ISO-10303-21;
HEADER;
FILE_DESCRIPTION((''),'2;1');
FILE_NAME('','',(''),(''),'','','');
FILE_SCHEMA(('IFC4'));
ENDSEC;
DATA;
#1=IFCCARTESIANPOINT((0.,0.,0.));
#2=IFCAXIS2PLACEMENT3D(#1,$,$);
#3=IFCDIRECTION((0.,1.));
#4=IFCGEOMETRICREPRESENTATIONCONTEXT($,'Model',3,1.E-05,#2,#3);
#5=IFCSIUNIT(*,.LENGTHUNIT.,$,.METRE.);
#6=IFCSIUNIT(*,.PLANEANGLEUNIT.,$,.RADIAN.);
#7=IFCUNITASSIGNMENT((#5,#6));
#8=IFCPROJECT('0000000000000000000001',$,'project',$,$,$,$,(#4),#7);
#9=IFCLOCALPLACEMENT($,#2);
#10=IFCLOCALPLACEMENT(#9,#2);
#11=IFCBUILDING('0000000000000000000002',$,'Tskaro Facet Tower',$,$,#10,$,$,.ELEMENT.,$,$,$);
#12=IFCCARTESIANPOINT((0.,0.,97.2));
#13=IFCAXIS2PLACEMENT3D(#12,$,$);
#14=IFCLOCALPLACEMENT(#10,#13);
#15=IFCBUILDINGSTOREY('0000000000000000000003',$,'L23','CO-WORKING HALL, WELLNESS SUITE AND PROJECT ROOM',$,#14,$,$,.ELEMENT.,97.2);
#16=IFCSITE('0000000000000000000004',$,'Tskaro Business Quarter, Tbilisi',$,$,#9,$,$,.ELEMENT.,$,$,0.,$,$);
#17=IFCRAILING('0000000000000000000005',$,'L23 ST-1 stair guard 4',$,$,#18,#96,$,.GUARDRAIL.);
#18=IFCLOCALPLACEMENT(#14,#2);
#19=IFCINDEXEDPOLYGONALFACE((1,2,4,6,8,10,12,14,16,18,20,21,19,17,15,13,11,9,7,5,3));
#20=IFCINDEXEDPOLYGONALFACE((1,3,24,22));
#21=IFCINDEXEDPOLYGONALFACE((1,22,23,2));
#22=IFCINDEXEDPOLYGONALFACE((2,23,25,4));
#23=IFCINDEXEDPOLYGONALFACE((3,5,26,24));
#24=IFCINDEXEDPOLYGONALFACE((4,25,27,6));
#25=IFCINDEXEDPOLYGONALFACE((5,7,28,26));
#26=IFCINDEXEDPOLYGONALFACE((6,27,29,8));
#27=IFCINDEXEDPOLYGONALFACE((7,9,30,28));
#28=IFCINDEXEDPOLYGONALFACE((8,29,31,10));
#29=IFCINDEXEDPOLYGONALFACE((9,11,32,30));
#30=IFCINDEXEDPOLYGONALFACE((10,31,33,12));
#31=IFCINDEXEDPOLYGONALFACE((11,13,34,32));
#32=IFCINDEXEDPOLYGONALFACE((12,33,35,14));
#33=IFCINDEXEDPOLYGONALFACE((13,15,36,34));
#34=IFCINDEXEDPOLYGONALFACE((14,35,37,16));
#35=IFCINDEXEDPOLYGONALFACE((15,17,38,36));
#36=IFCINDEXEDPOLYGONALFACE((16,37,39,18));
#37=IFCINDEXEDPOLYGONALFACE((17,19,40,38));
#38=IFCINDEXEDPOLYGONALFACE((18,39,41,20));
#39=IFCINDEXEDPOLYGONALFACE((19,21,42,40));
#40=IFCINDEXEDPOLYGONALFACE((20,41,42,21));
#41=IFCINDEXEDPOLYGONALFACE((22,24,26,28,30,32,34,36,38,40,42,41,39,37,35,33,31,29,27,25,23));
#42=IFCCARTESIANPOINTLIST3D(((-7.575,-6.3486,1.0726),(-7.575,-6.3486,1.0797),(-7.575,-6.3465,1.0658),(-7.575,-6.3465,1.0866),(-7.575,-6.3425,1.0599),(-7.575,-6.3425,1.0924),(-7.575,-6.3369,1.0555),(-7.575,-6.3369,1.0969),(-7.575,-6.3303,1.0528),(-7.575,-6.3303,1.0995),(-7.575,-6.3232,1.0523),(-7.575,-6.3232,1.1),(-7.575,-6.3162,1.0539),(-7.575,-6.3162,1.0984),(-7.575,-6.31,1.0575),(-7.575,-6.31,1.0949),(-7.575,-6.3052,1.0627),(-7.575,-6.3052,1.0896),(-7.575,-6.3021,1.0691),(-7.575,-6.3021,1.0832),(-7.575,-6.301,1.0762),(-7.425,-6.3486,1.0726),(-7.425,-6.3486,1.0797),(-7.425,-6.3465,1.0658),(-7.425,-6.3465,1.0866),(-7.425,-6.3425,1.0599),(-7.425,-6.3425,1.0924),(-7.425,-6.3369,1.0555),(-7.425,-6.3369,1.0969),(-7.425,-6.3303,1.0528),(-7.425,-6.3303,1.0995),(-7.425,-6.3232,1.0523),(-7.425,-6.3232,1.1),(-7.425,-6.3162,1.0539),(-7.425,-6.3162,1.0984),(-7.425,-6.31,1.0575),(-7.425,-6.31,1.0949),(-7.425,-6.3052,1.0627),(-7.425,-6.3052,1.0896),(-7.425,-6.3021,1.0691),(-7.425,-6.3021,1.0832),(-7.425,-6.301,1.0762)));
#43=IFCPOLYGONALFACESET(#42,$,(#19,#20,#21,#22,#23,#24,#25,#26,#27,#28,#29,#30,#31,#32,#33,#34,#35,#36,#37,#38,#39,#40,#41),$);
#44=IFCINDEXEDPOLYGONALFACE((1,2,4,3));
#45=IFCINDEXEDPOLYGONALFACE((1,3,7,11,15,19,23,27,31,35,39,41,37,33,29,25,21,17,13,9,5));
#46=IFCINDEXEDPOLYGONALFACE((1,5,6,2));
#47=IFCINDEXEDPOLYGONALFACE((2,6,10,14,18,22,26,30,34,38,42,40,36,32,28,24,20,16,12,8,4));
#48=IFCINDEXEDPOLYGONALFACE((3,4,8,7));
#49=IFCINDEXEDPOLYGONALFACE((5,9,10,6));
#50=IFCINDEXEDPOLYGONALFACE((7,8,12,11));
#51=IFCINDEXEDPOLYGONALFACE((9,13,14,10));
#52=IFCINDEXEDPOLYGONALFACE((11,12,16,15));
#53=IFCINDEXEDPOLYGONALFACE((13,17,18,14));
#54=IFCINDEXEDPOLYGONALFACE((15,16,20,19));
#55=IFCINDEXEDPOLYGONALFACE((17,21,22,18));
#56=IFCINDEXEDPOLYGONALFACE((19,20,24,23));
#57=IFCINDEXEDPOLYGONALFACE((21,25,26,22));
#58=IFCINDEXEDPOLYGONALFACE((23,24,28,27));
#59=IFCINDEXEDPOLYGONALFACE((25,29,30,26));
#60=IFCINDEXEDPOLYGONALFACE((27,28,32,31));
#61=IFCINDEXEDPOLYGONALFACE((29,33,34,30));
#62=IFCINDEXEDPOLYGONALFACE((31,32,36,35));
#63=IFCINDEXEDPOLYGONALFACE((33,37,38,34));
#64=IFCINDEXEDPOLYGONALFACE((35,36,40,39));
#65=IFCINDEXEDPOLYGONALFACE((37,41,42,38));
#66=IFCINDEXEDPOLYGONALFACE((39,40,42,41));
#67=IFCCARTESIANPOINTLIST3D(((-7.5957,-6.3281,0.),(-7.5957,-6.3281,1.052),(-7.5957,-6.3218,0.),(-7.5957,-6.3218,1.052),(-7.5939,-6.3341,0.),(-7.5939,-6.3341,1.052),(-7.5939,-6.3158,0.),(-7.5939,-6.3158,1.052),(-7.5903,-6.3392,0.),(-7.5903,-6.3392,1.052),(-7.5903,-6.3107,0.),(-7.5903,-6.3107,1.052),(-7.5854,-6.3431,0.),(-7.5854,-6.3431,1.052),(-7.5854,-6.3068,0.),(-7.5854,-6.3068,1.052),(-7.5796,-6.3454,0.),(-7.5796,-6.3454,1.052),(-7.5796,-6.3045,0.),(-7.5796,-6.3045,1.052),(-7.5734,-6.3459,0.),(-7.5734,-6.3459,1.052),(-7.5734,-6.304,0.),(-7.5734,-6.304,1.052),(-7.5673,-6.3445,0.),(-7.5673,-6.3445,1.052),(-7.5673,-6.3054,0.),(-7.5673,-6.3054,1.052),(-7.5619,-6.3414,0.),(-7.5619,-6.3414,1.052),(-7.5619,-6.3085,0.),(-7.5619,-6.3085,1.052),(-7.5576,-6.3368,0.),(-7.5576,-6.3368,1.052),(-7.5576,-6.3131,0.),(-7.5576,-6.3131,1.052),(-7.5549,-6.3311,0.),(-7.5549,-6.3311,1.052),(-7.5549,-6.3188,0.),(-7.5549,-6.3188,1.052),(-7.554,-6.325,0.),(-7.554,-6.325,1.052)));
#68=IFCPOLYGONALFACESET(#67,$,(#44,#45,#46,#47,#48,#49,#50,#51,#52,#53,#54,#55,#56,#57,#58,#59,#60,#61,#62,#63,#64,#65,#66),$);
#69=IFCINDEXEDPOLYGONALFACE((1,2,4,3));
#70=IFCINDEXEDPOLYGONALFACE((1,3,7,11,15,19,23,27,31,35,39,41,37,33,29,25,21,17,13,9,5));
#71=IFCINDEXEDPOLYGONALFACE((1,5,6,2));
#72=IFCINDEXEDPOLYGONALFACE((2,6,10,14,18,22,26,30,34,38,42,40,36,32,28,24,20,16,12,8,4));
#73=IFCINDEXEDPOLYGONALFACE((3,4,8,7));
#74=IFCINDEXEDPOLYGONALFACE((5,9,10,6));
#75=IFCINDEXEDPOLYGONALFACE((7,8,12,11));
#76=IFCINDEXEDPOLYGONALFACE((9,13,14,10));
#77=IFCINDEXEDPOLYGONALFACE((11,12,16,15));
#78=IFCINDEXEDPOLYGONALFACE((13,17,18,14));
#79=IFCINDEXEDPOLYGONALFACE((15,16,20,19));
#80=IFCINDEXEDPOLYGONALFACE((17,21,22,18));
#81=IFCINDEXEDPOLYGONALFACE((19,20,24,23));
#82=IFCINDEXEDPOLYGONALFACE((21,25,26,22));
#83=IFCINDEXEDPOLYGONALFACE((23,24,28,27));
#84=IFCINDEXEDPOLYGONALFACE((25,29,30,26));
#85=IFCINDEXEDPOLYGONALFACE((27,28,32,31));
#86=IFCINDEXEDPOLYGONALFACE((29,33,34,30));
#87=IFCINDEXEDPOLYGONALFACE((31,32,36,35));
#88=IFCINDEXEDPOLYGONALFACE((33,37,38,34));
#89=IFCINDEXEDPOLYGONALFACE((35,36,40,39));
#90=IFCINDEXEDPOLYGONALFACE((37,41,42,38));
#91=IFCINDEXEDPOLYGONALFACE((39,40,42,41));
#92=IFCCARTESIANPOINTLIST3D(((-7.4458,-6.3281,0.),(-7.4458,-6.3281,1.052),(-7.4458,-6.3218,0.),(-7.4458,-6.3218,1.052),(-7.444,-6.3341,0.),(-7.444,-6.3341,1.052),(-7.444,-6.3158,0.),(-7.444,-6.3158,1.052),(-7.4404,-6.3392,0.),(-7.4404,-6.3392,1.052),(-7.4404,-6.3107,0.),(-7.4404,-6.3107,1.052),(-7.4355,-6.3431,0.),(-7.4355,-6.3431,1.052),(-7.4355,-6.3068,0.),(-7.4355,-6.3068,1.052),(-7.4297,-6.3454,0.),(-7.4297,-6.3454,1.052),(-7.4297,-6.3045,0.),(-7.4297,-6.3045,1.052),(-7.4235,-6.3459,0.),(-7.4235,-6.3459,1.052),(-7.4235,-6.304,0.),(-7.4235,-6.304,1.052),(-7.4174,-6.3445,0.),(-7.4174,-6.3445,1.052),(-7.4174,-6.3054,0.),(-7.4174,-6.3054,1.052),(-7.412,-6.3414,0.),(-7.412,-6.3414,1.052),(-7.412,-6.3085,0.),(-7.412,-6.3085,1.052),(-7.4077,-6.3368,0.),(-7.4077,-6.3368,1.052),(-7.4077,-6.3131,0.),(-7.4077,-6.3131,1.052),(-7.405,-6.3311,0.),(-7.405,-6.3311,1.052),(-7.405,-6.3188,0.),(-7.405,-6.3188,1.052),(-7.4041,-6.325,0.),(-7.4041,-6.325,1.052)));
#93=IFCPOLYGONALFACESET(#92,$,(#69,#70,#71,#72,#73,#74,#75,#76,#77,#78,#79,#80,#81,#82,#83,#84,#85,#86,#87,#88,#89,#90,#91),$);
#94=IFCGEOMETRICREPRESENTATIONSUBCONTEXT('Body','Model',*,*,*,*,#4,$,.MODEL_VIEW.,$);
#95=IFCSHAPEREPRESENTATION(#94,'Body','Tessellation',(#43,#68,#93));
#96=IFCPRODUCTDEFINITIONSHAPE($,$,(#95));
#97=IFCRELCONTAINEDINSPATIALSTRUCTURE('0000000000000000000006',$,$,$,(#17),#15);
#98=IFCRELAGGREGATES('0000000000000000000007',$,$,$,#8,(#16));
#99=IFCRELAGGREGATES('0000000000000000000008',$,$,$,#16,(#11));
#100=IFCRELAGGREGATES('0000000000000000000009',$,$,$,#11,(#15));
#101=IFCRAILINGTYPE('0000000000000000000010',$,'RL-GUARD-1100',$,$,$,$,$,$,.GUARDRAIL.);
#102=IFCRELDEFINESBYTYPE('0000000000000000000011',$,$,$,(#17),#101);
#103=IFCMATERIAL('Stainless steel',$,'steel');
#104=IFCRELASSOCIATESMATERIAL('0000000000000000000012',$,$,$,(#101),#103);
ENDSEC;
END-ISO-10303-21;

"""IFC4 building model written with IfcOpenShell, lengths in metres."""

from ifc_helpers import new_model, si_unit, direction, frame, origin, origin_2d, place, context, subcontext, project, spatial, circle, extrude, material, type_object, element, save


model = new_model("IFC4")

# Units and contexts
model_context = context("Model", 3, precision=1e-05, world=origin(), true_north=direction((0.0, 1.0)))
body_context = subcontext(model_context, "Body", "Model", "MODEL_VIEW")
ifc_project = project(units=[si_unit("LENGTHUNIT", "METRE"), si_unit("PLANEANGLEUNIT", "RADIAN")], contexts=[model_context])

# Site, building, storey
site_placement = place(None, origin())
site = spatial("IfcSite", under=ifc_project, at=site_placement, Name="Tskaro Business Quarter, Tbilisi", CompositionType="ELEMENT", RefElevation=0.0)
building_placement = place(site_placement, origin())
building = spatial("IfcBuilding", under=site, at=building_placement, Name="Tskaro Facet Tower", CompositionType="ELEMENT")
storey_placement = place(building_placement, frame((0.0, 0.0, 97.2)))
storey = spatial("IfcBuildingStorey", under=building, at=storey_placement, Name="L23", Description="CO-WORKING HALL, WELLNESS SUITE AND PROJECT ROOM", CompositionType="ELEMENT", Elevation=97.2)

# Shared definitions
ifc_material_1 = material(Name="Stainless steel", Category="steel")

# Railing
railing_type_1 = type_object("IfcRailingType", Name="RL-GUARD-1100", PredefinedType="GUARDRAIL", material=ifc_material_1)
railing_1_placement = place(storey_placement, frame((-7.575, -6.325, 0.0)))
element("IfcRailing", 1, at=railing_1_placement, inside=storey, type_object=railing_type_1, Name="L23 ST-1 stair guard 4", PredefinedType="GUARDRAIL", context=body_context, shape_type="SweptSolid", body=[
    extrude(circle(Radius=0.0239, at=origin_2d()), frame((0.0, 0.0, 1.0762), z_axis=(1.0, 0.0, 0.0), x_axis=(0.0, 1.0, 0.0)), (0.0, 0.0, 1.0), 0.1499),
    extrude(circle(Radius=0.021, at=origin_2d()), origin(), (0.0, 0.0, 1.0), 1.052),
    extrude(circle(Radius=0.021, at=origin_2d()), frame((0.1499, 0.0, 0.0)), (0.0, 0.0, 1.0), 1.052),
])

save(model, "model.ifc")
